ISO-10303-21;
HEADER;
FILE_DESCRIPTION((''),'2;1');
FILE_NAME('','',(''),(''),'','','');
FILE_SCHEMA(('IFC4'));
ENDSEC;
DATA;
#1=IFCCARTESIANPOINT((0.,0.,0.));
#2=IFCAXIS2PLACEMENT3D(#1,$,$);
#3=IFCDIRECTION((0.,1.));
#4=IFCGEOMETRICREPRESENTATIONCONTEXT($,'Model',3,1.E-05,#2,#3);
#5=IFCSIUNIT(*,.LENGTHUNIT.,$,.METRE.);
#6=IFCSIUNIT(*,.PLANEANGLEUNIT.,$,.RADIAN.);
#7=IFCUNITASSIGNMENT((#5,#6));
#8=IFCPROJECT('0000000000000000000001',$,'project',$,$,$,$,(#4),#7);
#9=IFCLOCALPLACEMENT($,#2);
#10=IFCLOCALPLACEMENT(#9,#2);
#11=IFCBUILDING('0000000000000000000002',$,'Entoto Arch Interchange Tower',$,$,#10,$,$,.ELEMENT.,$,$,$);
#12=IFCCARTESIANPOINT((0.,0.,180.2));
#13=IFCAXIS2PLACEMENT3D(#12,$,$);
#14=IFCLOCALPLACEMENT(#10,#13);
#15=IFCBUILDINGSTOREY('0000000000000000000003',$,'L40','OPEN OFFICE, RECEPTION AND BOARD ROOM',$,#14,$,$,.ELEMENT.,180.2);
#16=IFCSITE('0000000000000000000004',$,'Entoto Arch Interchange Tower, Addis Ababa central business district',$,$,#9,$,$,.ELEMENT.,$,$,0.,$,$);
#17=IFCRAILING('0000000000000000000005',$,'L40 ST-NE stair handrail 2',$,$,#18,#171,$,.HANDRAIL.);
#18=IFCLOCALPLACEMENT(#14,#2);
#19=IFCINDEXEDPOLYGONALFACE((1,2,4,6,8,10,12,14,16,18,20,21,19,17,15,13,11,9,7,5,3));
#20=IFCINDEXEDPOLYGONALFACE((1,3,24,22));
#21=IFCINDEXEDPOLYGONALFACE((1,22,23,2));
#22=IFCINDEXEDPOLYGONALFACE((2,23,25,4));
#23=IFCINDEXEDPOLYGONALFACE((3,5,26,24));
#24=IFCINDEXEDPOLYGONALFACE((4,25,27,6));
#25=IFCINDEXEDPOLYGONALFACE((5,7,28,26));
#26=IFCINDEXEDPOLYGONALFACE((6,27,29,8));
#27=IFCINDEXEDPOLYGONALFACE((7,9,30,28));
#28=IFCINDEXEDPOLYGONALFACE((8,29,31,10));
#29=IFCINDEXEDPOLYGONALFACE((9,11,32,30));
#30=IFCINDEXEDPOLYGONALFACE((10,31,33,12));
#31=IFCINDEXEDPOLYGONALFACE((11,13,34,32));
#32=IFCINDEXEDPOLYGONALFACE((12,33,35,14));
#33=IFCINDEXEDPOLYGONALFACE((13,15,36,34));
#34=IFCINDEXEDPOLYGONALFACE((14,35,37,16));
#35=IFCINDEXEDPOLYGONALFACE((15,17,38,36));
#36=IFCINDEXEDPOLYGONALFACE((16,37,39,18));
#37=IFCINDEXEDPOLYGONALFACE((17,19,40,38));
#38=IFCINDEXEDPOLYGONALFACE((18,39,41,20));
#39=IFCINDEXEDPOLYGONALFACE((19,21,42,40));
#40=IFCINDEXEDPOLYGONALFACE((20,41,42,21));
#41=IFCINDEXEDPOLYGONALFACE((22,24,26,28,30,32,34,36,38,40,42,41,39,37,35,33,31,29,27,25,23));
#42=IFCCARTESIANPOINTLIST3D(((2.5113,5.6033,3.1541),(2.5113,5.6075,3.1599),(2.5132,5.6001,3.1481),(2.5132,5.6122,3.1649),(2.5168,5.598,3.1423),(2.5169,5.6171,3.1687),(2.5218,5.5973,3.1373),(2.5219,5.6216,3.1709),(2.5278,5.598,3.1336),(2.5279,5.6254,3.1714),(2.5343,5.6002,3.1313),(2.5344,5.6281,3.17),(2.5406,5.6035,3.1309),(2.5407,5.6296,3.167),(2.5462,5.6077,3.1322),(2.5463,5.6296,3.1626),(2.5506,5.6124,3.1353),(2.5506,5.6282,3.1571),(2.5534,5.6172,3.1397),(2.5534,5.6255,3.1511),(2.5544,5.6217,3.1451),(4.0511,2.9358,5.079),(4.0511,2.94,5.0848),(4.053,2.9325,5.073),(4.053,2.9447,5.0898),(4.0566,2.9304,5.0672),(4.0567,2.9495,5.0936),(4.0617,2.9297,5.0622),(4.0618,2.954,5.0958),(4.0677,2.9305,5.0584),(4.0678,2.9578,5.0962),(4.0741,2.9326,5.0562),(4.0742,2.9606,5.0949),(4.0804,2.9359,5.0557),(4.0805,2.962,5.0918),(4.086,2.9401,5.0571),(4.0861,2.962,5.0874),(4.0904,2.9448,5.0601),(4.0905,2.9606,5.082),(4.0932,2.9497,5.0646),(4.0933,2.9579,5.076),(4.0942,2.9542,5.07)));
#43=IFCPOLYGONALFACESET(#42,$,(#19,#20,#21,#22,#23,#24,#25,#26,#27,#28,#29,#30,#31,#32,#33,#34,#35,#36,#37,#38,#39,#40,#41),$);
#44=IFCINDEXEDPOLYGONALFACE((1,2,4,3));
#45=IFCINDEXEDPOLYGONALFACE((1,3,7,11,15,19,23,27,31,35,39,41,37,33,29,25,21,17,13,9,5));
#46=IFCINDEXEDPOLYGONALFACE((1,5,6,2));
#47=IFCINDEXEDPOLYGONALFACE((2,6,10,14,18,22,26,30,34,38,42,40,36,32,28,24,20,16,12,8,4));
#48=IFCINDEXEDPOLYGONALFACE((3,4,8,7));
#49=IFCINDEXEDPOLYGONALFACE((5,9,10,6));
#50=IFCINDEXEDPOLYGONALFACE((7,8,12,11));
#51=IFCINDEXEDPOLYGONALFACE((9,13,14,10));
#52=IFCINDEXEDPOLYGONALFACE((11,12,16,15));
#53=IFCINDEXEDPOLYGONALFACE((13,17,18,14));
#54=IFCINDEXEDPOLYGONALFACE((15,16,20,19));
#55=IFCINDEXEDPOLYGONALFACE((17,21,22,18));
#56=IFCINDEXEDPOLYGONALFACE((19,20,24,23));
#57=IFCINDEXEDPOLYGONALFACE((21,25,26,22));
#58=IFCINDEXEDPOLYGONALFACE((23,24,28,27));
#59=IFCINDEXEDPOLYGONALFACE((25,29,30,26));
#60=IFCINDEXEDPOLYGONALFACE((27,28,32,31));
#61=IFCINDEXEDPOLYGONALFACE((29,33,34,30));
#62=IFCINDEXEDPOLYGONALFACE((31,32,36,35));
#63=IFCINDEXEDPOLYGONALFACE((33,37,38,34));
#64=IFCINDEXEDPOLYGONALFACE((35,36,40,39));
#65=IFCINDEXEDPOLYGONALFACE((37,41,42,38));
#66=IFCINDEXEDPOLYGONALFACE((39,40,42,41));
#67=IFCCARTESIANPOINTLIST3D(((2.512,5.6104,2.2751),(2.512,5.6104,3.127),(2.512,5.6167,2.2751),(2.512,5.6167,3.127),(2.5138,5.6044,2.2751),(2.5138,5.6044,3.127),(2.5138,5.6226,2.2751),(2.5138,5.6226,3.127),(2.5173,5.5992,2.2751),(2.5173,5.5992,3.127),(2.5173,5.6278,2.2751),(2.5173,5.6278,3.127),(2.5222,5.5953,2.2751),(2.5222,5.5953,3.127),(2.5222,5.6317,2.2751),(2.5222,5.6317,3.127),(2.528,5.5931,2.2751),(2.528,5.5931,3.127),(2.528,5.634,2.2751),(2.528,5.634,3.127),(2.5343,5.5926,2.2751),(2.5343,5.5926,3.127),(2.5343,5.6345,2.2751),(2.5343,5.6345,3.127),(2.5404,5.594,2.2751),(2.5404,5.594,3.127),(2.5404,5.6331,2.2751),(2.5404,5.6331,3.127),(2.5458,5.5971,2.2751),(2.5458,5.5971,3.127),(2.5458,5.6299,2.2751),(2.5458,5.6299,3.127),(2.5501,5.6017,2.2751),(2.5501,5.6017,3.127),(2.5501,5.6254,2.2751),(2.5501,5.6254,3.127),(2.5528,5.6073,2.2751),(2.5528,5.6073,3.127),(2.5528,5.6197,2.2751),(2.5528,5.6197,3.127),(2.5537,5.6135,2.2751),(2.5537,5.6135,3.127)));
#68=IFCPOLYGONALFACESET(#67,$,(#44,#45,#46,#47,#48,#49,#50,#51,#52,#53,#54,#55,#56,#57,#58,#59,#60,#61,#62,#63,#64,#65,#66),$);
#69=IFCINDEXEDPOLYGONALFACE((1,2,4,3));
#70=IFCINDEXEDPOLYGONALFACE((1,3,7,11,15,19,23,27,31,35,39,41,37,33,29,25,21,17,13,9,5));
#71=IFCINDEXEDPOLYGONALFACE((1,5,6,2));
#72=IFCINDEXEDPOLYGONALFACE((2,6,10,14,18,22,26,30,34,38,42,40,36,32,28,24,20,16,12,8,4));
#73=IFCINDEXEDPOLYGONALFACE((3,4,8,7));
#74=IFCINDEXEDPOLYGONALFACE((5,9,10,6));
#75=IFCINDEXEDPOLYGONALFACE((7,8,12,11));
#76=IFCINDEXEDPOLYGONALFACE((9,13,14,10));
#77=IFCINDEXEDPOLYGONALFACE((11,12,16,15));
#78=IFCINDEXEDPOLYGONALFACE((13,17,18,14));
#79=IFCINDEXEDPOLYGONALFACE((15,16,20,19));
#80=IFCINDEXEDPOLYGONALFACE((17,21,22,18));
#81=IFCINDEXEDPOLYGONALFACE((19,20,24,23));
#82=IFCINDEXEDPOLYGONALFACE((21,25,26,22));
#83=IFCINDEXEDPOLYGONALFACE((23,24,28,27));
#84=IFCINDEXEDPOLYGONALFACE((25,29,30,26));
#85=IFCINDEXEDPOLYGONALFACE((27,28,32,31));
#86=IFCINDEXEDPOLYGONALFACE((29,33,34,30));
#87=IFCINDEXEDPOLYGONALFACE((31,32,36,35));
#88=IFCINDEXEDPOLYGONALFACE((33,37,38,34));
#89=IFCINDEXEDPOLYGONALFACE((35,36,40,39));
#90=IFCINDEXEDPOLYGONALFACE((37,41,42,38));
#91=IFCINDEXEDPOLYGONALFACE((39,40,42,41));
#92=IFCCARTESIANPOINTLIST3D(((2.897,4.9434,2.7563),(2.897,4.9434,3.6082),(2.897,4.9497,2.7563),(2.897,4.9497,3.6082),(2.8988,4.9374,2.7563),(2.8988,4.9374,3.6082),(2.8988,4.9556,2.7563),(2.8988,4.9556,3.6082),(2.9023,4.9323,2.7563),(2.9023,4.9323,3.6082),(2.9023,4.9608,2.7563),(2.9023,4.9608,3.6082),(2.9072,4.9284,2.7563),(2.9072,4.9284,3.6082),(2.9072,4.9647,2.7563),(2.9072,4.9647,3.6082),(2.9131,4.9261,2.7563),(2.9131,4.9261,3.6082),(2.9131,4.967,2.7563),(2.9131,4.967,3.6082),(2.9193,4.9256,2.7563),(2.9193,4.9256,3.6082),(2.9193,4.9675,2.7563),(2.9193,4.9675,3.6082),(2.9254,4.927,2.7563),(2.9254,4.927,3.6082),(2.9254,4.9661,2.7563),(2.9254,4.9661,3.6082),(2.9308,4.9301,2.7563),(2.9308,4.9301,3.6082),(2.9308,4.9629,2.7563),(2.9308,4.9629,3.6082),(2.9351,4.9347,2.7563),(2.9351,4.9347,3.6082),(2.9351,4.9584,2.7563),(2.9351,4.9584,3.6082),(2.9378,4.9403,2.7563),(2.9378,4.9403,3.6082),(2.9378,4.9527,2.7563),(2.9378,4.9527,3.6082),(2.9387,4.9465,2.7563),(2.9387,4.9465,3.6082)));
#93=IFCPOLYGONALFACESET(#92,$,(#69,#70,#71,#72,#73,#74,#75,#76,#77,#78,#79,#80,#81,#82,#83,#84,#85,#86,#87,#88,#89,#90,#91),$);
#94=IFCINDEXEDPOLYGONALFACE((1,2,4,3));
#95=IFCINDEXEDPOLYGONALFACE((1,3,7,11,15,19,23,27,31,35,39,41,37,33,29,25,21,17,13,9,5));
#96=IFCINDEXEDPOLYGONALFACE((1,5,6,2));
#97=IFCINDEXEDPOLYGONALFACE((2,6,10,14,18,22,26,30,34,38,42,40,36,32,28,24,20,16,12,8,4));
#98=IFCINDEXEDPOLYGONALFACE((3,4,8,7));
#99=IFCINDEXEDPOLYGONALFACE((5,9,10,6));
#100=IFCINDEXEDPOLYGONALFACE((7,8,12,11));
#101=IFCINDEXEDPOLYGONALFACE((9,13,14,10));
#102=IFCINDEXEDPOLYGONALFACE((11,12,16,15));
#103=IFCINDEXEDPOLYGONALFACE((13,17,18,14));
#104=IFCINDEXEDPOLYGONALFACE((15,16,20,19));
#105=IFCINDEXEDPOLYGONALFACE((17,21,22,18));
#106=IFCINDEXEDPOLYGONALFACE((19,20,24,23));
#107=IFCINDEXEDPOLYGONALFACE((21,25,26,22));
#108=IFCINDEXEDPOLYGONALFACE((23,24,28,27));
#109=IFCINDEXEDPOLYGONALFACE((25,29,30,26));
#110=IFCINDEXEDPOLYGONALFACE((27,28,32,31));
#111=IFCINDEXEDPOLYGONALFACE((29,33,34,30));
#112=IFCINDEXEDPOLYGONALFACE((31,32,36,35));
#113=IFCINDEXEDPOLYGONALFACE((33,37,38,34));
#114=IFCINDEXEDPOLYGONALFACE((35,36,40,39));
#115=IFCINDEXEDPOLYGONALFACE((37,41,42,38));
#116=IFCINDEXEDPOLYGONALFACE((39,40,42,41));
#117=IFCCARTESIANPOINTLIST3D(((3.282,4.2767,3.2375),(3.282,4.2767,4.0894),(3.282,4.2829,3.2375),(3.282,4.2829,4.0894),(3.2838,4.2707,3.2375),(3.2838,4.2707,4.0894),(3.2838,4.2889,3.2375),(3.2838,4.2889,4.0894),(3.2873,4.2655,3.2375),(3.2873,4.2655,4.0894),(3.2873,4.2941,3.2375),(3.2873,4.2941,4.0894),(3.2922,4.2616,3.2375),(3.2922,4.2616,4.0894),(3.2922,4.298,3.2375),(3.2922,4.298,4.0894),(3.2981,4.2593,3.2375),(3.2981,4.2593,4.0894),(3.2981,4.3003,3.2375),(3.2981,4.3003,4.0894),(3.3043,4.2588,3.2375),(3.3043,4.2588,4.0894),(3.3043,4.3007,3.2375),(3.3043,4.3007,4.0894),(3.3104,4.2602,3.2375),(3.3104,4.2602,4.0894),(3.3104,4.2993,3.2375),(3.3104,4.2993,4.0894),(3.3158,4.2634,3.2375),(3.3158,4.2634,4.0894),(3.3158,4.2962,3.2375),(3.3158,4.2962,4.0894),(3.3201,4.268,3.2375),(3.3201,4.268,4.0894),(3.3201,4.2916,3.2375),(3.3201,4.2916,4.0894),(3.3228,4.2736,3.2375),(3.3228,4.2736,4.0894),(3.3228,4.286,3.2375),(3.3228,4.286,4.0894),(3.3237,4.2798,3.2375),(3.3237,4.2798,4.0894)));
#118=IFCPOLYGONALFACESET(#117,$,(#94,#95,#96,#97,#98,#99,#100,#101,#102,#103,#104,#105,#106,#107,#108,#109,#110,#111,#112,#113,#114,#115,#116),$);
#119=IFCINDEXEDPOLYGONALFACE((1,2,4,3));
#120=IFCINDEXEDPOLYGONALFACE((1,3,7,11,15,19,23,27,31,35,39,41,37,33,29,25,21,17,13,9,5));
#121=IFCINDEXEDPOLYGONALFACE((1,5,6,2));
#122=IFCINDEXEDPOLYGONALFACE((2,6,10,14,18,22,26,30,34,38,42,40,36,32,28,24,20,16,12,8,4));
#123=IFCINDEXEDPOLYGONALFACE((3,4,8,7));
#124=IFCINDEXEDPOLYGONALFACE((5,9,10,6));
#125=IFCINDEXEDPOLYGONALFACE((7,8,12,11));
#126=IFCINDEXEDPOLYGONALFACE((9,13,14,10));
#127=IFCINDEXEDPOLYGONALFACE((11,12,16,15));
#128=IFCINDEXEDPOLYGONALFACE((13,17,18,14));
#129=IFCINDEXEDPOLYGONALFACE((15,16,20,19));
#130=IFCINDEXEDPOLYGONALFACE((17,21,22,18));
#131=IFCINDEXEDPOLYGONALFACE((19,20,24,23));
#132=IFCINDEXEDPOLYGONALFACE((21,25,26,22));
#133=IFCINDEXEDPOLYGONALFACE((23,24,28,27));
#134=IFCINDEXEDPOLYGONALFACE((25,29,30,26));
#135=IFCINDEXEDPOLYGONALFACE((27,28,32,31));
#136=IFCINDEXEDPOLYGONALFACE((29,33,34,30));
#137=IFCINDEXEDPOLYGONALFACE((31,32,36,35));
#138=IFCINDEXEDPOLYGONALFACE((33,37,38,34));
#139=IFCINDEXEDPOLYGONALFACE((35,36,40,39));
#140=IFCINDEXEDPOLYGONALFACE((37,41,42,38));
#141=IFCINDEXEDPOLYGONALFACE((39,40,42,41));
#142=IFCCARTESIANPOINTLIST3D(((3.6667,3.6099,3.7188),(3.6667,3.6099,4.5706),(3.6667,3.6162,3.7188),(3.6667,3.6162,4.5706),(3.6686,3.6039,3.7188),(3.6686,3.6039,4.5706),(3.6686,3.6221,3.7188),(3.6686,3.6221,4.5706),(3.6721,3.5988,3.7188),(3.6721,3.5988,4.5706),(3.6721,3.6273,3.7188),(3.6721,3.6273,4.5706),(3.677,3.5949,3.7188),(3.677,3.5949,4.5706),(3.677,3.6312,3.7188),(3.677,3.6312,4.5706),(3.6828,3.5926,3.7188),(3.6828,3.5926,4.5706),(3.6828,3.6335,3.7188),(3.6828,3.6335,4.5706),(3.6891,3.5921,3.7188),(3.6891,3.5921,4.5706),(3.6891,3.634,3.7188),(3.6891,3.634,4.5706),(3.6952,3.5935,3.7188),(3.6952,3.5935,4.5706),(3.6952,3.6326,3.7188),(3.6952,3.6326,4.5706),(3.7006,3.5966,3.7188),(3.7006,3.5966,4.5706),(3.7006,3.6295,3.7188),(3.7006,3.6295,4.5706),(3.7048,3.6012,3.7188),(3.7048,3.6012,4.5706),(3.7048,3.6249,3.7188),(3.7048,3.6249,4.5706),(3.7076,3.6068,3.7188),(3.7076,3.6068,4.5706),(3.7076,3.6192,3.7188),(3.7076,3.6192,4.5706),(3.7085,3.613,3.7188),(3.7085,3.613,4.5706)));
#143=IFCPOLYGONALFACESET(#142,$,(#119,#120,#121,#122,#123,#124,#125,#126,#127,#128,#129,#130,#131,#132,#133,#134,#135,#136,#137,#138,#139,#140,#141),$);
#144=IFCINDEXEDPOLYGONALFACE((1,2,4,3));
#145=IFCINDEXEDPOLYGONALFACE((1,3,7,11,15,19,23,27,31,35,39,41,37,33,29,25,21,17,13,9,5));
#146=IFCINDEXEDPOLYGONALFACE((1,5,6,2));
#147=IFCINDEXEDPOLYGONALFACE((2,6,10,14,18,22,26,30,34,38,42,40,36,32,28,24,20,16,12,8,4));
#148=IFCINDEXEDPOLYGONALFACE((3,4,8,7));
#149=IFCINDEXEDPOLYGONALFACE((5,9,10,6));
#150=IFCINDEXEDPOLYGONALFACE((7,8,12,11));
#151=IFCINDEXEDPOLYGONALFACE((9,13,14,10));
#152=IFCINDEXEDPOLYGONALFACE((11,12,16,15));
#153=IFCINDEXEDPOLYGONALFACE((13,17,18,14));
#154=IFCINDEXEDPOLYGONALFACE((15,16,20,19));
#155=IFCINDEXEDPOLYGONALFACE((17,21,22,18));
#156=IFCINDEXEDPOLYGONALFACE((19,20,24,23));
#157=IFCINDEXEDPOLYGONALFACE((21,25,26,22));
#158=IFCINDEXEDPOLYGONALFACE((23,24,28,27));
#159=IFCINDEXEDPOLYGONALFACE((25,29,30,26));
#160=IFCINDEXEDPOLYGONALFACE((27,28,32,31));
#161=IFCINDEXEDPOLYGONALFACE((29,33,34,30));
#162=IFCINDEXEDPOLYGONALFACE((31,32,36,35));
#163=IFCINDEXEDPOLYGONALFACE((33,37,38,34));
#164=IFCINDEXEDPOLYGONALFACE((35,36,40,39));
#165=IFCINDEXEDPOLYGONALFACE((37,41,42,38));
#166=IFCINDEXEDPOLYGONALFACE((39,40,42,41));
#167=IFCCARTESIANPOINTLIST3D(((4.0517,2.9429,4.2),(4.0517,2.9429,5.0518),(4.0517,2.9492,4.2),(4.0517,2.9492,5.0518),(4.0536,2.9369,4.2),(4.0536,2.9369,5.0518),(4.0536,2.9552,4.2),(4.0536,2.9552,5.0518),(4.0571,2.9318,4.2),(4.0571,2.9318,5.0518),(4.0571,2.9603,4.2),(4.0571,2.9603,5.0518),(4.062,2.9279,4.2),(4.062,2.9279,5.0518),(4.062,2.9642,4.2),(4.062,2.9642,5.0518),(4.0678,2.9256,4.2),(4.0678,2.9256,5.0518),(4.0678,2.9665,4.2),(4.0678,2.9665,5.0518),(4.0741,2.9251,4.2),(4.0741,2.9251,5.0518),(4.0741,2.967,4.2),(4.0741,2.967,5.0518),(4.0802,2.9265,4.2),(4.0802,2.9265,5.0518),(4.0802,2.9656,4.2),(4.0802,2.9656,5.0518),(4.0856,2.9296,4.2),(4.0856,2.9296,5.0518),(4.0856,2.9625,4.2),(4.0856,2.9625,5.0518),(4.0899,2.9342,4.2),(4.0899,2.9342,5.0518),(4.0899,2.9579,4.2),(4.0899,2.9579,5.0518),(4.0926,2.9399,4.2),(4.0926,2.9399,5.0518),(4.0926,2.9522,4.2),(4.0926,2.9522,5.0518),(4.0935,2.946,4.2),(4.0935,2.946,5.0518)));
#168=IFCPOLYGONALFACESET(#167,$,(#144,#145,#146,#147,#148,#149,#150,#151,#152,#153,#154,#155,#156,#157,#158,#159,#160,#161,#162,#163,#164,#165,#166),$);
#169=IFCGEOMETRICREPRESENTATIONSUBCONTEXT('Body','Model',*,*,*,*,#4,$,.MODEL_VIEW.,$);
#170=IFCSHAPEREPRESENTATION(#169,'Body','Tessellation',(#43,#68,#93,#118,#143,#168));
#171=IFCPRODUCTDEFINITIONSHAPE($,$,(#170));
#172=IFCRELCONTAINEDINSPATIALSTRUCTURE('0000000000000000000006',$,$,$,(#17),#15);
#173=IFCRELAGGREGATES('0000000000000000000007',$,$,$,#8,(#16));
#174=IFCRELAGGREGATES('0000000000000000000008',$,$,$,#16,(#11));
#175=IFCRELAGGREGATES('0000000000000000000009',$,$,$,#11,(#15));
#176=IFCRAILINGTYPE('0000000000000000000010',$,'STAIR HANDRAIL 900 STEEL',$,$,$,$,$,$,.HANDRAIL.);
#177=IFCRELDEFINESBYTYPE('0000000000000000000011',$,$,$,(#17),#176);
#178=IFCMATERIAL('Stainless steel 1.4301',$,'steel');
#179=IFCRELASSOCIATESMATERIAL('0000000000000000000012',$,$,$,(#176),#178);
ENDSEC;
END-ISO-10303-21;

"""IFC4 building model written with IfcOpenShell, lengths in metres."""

from ifc_helpers import new_model, si_unit, direction, frame, origin, origin_2d, place, context, subcontext, project, spatial, circle, extrude, material, type_object, element, save


model = new_model("IFC4")

# Units and contexts
model_context = context("Model", 3, precision=1e-05, world=origin(), true_north=direction((0.0, 1.0)))
body_context = subcontext(model_context, "Body", "Model", "MODEL_VIEW")
ifc_project = project(units=[si_unit("LENGTHUNIT", "METRE"), si_unit("PLANEANGLEUNIT", "RADIAN")], contexts=[model_context])

# Site, building, storey
site_placement = place(None, origin())
site = spatial("IfcSite", under=ifc_project, at=site_placement, Name="Entoto Arch Interchange Tower, Addis Ababa central business district", CompositionType="ELEMENT", RefElevation=0.0)
building_placement = place(site_placement, origin())
building = spatial("IfcBuilding", under=site, at=building_placement, Name="Entoto Arch Interchange Tower", CompositionType="ELEMENT")
storey_placement = place(building_placement, frame((0.0, 0.0, 180.2)))
storey = spatial("IfcBuildingStorey", under=building, at=storey_placement, Name="L40", Description="OPEN OFFICE, RECEPTION AND BOARD ROOM", CompositionType="ELEMENT", Elevation=180.2)

# Railing
ifc_material_1 = material(Name="Stainless steel 1.4301", Category="steel")
railing_type_1 = type_object("IfcRailingType", Name="STAIR HANDRAIL 900 STEEL", PredefinedType="HANDRAIL", material=ifc_material_1)
railing_1_placement = place(storey_placement, frame((2.5327, 5.6135, 2.2751)))
element("IfcRailing", 1, at=railing_1_placement, inside=storey, type_object=railing_type_1, Name="L40 ST-NE stair handrail 2", PredefinedType="HANDRAIL", context=body_context, shape_type="SweptSolid", body=[
    extrude(circle(Radius=0.0239, at=origin_2d()), frame((0.0, 0.0, 0.876), z_axis=(0.423954, -0.734442, 0.52996), x_axis=(0.866064, 0.499933, 0.0)), (0.0, 0.0, 1.0), 3.6321),
    extrude(circle(Radius=0.021, at=origin_2d()), origin(), (0.0, 0.0, 1.0), 0.8518),
    extrude(circle(Radius=0.021, at=origin_2d()), frame((0.385, -0.667, 0.4812)), (0.0, 0.0, 1.0), 0.8518),
    extrude(circle(Radius=0.021, at=origin_2d()), frame((0.77, -1.3337, 0.9624)), (0.0, 0.0, 1.0), 0.8518),
    extrude(circle(Radius=0.021, at=origin_2d()), frame((1.1548, -2.0005, 1.4436)), (0.0, 0.0, 1.0), 0.8518),
    extrude(circle(Radius=0.021, at=origin_2d()), frame((1.5398, -2.6675, 1.9248)), (0.0, 0.0, 1.0), 0.8518),
])

save(model, "model.ifc")
